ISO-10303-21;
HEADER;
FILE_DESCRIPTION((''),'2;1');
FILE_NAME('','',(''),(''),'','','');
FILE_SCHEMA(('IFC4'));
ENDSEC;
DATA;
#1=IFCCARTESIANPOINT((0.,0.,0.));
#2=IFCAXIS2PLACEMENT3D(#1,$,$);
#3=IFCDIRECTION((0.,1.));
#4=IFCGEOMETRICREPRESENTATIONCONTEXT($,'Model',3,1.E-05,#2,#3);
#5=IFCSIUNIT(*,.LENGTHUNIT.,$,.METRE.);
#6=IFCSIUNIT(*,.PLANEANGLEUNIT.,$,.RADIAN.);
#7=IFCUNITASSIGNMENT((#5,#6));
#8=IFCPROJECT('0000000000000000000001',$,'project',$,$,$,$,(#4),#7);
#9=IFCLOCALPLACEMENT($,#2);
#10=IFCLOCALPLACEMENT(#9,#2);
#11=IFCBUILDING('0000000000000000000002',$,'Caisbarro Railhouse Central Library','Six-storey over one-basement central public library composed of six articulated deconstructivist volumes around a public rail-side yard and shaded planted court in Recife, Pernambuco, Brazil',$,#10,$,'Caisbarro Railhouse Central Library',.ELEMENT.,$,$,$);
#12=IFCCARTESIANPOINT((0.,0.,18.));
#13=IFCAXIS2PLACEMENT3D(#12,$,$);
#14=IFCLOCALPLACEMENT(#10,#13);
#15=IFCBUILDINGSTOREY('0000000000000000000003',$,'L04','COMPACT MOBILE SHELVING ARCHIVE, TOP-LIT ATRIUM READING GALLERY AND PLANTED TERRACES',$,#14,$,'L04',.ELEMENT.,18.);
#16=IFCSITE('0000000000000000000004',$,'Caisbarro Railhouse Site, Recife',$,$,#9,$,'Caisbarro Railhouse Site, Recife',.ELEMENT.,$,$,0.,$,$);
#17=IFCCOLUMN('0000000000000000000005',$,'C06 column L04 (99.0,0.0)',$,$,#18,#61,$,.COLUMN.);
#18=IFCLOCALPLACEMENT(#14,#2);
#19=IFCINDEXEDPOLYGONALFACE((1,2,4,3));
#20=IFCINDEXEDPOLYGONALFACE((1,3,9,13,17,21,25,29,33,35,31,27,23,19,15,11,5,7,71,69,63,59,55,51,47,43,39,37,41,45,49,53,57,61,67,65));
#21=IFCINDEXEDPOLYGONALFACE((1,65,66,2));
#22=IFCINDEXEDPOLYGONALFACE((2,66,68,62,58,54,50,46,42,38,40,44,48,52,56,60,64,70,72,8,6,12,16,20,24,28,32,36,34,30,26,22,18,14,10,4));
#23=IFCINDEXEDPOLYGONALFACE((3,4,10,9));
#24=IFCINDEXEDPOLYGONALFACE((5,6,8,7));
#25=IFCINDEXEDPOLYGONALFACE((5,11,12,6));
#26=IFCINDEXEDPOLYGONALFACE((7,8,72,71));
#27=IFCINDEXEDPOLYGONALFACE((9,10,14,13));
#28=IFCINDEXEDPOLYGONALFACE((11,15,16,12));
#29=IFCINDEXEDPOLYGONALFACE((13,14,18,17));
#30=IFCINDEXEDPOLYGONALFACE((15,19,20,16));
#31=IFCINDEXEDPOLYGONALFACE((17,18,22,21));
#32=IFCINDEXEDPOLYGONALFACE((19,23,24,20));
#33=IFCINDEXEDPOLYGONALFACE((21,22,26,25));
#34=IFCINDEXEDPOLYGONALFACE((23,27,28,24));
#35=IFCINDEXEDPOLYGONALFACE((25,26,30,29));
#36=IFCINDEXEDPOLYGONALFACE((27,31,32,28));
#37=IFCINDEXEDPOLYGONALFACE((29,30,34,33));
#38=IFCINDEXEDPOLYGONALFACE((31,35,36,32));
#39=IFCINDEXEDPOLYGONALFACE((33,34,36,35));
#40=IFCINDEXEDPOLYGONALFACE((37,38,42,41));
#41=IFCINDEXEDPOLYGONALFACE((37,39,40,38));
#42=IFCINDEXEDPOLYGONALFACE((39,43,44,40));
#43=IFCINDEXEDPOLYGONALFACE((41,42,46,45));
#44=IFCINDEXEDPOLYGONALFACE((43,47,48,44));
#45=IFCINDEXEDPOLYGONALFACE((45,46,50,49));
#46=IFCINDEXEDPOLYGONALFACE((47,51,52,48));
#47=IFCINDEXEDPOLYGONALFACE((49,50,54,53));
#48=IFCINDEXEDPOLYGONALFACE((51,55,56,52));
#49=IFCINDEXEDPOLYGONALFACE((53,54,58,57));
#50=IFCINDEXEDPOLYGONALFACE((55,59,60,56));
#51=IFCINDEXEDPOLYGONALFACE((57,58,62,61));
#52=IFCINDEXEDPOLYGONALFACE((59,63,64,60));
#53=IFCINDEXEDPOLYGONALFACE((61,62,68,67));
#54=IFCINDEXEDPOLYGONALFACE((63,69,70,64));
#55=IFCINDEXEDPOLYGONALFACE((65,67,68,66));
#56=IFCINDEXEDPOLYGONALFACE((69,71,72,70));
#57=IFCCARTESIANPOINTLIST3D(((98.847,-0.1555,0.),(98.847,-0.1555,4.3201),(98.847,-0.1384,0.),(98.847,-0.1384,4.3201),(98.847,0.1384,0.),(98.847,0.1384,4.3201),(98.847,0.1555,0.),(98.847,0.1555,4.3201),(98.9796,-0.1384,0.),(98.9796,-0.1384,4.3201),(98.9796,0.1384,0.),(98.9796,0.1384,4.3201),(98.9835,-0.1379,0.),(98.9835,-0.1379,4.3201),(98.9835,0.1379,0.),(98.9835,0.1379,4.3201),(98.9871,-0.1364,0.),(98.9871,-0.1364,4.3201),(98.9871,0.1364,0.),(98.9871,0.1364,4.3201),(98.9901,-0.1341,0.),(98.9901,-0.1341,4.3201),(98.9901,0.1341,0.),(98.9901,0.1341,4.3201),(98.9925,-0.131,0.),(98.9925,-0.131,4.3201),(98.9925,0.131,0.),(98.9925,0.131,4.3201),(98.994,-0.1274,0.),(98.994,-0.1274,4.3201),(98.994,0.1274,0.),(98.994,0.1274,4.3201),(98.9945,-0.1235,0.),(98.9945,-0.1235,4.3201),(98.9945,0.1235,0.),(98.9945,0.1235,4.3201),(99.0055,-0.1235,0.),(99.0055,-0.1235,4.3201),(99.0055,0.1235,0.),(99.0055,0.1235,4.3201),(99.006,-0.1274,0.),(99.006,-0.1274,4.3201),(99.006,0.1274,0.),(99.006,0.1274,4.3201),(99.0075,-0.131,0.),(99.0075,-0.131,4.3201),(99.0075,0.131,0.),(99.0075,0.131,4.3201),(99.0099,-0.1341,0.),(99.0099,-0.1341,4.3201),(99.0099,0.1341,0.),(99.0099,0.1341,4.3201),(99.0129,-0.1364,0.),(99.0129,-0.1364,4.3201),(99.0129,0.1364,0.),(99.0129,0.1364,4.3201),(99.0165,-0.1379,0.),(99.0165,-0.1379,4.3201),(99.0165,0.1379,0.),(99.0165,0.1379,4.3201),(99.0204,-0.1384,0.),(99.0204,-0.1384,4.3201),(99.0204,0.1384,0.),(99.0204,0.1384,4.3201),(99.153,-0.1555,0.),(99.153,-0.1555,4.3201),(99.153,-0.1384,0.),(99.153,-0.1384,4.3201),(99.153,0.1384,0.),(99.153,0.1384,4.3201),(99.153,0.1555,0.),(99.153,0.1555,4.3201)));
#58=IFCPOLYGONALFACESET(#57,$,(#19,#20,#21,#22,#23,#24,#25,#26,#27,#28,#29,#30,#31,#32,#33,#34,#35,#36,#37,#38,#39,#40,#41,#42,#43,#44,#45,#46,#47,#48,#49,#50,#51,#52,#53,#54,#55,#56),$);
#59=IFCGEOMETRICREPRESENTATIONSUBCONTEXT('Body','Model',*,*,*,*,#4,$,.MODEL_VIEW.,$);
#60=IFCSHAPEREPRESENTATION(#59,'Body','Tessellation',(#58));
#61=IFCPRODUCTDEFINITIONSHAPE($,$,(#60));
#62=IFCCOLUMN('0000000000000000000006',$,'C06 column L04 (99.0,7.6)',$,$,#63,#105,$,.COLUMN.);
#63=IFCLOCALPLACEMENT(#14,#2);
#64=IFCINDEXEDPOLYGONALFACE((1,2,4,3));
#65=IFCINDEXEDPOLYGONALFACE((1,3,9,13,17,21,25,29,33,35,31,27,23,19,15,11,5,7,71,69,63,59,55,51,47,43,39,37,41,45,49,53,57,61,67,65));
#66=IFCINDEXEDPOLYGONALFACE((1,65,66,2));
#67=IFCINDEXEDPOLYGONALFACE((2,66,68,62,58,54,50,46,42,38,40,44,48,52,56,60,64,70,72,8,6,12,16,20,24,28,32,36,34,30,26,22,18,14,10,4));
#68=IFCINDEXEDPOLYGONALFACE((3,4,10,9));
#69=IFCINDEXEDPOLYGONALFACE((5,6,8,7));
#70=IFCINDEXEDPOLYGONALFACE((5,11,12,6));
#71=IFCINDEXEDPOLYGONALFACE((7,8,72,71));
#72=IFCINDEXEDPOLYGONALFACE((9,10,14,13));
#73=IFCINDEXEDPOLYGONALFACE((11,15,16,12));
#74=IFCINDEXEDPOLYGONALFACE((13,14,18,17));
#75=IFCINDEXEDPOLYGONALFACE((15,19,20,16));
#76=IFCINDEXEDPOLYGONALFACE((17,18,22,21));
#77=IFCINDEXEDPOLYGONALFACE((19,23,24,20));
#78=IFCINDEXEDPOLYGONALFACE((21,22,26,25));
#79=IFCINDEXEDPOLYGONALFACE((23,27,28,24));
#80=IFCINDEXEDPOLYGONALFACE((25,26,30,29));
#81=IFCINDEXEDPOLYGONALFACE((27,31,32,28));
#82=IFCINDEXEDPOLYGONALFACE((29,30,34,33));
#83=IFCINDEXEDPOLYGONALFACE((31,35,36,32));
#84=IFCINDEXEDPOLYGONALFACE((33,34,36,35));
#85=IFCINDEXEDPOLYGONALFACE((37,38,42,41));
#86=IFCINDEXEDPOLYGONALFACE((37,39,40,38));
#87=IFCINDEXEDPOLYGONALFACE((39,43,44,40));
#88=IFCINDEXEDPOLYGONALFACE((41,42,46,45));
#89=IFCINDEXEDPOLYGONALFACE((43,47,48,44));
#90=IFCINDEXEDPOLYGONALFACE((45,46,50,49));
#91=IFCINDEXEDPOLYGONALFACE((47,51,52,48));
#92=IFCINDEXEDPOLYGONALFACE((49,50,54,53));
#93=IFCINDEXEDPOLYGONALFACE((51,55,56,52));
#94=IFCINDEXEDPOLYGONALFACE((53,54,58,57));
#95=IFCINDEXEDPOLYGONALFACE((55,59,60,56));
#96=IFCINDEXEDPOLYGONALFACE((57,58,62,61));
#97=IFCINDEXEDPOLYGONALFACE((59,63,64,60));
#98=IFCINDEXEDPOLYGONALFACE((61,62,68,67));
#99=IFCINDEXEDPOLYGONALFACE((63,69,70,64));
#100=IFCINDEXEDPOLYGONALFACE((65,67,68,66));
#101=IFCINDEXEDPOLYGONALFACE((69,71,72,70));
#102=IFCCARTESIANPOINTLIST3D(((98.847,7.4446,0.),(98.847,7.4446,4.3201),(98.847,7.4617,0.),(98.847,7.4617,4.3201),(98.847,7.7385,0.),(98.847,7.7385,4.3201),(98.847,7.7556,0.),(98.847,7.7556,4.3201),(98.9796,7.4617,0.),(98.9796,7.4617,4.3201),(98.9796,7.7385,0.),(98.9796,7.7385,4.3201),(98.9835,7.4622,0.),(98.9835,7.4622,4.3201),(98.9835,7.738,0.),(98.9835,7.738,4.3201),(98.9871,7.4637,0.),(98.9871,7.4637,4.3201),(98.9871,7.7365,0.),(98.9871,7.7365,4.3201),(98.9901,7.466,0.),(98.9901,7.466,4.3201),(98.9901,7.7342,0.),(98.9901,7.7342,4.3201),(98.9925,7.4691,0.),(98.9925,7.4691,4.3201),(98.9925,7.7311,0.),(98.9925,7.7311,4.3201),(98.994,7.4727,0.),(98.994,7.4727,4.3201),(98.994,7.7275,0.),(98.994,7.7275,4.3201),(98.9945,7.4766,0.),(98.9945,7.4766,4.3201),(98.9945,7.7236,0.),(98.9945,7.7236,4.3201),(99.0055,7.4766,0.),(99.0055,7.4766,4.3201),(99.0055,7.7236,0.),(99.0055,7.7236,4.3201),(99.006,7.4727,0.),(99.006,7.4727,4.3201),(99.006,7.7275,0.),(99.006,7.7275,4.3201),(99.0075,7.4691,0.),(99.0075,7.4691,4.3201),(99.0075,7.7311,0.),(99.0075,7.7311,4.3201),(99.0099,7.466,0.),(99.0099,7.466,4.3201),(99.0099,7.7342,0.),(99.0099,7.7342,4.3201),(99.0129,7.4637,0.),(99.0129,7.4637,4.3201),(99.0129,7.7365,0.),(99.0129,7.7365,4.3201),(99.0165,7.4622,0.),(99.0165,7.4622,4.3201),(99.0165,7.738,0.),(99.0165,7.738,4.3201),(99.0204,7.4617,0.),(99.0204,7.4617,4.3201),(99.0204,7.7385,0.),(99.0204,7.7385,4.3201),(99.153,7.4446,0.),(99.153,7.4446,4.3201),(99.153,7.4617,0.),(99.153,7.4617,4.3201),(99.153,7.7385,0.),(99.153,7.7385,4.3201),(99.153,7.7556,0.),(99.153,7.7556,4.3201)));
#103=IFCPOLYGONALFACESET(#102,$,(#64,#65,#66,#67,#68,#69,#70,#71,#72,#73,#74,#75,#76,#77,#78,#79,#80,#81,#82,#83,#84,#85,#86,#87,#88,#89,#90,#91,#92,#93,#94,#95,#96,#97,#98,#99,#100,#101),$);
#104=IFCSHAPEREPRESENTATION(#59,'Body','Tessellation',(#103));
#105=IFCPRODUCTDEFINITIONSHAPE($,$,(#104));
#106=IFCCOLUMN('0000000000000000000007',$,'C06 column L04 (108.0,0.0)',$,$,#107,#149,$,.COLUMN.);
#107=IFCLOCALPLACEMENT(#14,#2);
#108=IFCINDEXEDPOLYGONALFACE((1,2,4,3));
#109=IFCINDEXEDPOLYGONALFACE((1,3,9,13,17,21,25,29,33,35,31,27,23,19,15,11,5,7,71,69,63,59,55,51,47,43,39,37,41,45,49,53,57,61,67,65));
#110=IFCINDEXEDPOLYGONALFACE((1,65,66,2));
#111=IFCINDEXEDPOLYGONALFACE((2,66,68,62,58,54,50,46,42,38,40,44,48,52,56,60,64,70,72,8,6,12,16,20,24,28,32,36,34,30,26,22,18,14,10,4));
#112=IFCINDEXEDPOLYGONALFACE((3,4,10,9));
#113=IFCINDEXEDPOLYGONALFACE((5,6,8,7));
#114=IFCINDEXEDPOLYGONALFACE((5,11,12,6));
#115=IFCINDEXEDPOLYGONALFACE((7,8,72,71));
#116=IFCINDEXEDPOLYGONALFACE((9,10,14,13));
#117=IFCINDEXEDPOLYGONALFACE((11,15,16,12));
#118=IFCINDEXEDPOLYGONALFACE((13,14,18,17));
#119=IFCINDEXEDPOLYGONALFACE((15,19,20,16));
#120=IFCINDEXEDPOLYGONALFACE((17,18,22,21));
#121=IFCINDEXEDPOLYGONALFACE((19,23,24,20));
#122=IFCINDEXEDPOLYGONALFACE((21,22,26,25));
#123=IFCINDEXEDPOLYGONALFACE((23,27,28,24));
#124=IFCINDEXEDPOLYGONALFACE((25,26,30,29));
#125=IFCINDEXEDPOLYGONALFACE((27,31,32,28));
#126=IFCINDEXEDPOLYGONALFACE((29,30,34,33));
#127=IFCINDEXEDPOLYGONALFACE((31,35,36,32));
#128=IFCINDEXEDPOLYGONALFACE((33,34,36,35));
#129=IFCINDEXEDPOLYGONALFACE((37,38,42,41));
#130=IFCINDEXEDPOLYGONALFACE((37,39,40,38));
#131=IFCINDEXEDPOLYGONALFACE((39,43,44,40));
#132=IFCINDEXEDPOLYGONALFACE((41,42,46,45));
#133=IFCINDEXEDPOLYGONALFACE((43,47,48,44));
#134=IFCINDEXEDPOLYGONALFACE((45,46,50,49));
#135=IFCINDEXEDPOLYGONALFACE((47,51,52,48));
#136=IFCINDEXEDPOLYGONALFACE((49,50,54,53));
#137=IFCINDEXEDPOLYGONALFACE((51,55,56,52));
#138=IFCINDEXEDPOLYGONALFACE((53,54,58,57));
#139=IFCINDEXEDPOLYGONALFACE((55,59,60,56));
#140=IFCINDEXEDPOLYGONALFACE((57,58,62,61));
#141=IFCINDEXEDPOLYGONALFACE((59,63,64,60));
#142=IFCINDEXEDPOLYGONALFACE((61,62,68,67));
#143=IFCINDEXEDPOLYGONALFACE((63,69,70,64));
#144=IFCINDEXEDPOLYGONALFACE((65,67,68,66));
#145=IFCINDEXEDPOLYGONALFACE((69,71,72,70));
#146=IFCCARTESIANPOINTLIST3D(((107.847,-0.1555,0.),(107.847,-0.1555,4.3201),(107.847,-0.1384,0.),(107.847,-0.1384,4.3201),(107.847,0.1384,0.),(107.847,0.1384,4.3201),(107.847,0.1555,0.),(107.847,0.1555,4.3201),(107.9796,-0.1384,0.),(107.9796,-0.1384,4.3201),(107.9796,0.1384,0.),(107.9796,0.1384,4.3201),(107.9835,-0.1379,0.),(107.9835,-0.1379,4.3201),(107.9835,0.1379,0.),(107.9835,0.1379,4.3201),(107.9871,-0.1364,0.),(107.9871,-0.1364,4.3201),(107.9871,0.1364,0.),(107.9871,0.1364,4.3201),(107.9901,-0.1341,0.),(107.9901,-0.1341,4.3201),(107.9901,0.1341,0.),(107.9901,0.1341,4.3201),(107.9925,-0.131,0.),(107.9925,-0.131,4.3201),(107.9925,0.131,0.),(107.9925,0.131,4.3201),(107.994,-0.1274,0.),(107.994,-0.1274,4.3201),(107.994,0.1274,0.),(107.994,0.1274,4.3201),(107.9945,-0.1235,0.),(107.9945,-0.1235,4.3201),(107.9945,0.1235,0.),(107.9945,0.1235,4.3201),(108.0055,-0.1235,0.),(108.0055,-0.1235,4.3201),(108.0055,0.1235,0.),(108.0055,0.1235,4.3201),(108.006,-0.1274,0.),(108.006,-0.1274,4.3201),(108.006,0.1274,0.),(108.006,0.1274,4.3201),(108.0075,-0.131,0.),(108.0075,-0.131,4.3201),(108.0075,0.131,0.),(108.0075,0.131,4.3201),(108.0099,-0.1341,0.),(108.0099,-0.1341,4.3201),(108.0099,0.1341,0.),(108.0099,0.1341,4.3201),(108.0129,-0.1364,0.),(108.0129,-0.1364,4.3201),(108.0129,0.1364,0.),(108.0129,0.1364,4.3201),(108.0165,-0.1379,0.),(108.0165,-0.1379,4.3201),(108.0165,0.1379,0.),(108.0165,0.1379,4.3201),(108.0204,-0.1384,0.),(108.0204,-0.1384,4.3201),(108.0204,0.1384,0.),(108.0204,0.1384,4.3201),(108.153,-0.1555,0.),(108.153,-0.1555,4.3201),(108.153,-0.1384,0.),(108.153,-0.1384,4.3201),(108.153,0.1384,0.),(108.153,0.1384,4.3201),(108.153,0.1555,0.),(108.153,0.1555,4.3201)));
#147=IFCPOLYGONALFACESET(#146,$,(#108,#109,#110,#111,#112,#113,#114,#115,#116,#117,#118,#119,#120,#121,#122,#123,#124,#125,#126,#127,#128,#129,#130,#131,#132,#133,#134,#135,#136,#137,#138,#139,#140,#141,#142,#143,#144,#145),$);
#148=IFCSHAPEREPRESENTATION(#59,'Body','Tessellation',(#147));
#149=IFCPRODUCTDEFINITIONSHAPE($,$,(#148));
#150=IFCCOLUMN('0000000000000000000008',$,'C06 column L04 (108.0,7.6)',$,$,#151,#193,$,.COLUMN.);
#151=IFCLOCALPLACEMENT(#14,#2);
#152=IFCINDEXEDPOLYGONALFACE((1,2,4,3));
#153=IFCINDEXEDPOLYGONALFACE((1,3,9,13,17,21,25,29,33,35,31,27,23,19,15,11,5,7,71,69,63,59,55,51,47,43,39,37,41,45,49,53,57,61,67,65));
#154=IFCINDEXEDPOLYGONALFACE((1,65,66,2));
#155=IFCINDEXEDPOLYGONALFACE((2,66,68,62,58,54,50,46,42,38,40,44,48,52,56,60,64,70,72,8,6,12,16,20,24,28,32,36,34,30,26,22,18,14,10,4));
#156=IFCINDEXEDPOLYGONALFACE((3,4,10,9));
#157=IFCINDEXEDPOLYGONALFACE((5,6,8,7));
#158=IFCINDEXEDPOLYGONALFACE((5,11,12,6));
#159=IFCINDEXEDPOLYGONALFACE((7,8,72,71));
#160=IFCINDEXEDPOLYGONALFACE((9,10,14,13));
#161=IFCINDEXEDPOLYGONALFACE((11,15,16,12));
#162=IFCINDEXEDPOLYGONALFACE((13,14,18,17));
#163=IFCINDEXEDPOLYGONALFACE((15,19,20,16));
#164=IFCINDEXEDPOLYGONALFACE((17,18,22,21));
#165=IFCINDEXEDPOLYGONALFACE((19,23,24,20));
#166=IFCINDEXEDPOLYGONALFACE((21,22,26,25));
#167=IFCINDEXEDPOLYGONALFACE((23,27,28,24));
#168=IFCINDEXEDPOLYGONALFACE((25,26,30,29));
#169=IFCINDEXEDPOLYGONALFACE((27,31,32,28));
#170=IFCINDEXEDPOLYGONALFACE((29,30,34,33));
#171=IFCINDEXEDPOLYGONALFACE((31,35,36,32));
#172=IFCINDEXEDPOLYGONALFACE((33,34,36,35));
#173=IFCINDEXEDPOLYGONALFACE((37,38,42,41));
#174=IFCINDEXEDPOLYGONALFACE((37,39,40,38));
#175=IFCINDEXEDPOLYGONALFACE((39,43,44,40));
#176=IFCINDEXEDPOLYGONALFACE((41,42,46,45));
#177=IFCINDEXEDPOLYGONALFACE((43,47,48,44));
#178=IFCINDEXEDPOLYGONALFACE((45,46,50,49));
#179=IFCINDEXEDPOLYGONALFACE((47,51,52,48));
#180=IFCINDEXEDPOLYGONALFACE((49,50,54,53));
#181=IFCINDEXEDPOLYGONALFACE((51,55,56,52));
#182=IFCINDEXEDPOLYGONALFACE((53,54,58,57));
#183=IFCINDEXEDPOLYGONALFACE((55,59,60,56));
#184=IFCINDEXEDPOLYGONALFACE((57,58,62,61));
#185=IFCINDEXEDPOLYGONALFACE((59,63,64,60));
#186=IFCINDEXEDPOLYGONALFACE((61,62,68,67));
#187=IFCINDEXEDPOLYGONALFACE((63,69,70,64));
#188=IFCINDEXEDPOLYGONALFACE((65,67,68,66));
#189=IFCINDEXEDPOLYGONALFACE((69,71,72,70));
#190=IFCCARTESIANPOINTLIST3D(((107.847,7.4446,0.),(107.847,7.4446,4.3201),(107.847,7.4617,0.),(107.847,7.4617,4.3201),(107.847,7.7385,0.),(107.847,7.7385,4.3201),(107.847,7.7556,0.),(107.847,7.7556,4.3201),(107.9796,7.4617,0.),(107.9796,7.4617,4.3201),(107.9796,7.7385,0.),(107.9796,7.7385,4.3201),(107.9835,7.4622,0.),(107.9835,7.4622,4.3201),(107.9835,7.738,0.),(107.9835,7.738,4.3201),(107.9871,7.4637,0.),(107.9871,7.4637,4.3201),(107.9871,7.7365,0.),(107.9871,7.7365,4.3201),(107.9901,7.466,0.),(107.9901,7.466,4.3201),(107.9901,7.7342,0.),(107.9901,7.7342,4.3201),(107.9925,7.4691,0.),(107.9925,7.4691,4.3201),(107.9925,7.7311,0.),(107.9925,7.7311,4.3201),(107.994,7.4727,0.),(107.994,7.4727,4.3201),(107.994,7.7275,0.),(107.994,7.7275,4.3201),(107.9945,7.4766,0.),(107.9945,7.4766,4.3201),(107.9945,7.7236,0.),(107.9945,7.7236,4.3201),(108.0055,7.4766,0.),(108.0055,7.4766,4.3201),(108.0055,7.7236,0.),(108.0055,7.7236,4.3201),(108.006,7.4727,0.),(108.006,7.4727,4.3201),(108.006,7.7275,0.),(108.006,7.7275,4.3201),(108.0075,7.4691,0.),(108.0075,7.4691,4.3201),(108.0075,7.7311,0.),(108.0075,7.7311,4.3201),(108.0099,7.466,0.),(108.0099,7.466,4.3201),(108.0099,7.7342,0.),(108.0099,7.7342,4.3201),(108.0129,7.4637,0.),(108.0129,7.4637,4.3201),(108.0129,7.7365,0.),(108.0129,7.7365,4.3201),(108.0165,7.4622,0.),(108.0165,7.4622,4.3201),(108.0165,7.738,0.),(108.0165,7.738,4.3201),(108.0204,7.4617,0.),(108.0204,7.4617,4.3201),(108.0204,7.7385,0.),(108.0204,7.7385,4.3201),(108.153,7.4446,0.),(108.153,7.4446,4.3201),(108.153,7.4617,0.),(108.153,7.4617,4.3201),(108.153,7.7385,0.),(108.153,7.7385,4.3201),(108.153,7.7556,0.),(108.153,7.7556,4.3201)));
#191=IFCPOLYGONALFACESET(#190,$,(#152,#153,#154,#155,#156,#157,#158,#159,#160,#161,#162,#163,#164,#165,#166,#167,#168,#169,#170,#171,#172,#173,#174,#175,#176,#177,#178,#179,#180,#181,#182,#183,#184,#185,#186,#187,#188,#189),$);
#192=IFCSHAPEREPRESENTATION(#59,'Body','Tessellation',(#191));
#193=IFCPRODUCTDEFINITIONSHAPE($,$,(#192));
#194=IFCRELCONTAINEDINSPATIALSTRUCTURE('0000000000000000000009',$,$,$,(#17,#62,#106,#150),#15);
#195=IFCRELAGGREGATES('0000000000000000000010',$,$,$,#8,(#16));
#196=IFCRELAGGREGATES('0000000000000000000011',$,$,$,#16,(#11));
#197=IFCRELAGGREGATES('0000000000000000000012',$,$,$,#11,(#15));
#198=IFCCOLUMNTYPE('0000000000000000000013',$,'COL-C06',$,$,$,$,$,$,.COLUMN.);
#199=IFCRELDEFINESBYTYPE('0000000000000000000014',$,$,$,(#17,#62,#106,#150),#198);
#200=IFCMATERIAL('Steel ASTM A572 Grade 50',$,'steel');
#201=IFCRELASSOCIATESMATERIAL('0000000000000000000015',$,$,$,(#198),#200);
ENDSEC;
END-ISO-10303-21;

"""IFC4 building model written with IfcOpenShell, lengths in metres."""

from ifc_helpers import new_model, si_unit, direction, frame, origin, origin_2d, place, context, subcontext, project, spatial, i_section, extrude, material, material_profile, profile_set, type_object, element, save


model = new_model("IFC4")

# Units and contexts
model_context = context("Model", 3, precision=1e-05, world=origin(), true_north=direction((0.0, 1.0)))
body_context = subcontext(model_context, "Body", "Model", "MODEL_VIEW")
ifc_project = project(units=[si_unit("LENGTHUNIT", "METRE"), si_unit("PLANEANGLEUNIT", "RADIAN")], contexts=[model_context])

# Site, building, storey
site_placement = place(None, origin())
site = spatial("IfcSite", under=ifc_project, at=site_placement, Name="Caisbarro Railhouse Site, Recife", LongName="Caisbarro Railhouse Site, Recife", CompositionType="ELEMENT", RefElevation=0.0)
building_placement = place(site_placement, origin())
building = spatial("IfcBuilding", under=site, at=building_placement, Name="Caisbarro Railhouse Central Library", Description="Six-storey over one-basement central public library composed of six articulated deconstructivist volumes around a public rail-side yard and shaded planted court in Recife, Pernambuco, Brazil", LongName="Caisbarro Railhouse Central Library", CompositionType="ELEMENT")
storey_placement = place(building_placement, frame((0.0, 0.0, 18.0)))
storey = spatial("IfcBuildingStorey", under=building, at=storey_placement, Name="L04", Description="COMPACT MOBILE SHELVING ARCHIVE, TOP-LIT ATRIUM READING GALLERY AND PLANTED TERRACES", LongName="L04", CompositionType="ELEMENT", Elevation=18.0)

# Columns
ifc_material_1 = material(Name="Steel ASTM A572 Grade 50", Category="steel")
ifc_material_profile_1 = material_profile(ifc_material_1, i_section(OverallWidth=0.3059, OverallDepth=0.311, WebThickness=0.011, FlangeThickness=0.0171, FilletRadius=0.0149, at=origin_2d()), Name="W310X107.0")
ifc_profile_set_1 = profile_set([ifc_material_profile_1], Name="Steel ASTM A572 Grade 50")
column_type = type_object("IfcColumnType", Name="COL-C06", PredefinedType="COLUMN", material=ifc_profile_set_1)
for number, where, z_axis, x_axis, name in (
    (1, (99.0, 0.0, 0.0), (0.0, 0.0, 1.0), (1.0, 0.0, 0.0), "C06 column L04 (99.0,0.0)"),
    (2, (99.0, 7.6001, 0.0), (0.0, 0.0, 1.0), (1.0, 0.0, 0.0), "C06 column L04 (99.0,7.6)"),
    (3, (108.0, 0.0, 0.0), (0.0, 0.0, 1.0), (1.0, 0.0, 0.0), "C06 column L04 (108.0,0.0)"),
    (4, (108.0, 7.6001, 0.0), (0.0, 0.0, 1.0), (1.0, 0.0, 0.0), "C06 column L04 (108.0,7.6)"),
):
    element("IfcColumn", number, at=place(storey_placement, frame(where, z_axis=z_axis, x_axis=x_axis)), inside=storey, type_object=column_type, Name=name, PredefinedType="COLUMN", context=body_context, shape_type="SweptSolid", body=[
        extrude(i_section(OverallWidth=0.3059, OverallDepth=0.311, WebThickness=0.011, FlangeThickness=0.0171, FilletRadius=0.0149, at=origin_2d()), origin(), (0.0, 0.0, 1.0), 4.3201),
    ])

save(model, "model.ifc")
